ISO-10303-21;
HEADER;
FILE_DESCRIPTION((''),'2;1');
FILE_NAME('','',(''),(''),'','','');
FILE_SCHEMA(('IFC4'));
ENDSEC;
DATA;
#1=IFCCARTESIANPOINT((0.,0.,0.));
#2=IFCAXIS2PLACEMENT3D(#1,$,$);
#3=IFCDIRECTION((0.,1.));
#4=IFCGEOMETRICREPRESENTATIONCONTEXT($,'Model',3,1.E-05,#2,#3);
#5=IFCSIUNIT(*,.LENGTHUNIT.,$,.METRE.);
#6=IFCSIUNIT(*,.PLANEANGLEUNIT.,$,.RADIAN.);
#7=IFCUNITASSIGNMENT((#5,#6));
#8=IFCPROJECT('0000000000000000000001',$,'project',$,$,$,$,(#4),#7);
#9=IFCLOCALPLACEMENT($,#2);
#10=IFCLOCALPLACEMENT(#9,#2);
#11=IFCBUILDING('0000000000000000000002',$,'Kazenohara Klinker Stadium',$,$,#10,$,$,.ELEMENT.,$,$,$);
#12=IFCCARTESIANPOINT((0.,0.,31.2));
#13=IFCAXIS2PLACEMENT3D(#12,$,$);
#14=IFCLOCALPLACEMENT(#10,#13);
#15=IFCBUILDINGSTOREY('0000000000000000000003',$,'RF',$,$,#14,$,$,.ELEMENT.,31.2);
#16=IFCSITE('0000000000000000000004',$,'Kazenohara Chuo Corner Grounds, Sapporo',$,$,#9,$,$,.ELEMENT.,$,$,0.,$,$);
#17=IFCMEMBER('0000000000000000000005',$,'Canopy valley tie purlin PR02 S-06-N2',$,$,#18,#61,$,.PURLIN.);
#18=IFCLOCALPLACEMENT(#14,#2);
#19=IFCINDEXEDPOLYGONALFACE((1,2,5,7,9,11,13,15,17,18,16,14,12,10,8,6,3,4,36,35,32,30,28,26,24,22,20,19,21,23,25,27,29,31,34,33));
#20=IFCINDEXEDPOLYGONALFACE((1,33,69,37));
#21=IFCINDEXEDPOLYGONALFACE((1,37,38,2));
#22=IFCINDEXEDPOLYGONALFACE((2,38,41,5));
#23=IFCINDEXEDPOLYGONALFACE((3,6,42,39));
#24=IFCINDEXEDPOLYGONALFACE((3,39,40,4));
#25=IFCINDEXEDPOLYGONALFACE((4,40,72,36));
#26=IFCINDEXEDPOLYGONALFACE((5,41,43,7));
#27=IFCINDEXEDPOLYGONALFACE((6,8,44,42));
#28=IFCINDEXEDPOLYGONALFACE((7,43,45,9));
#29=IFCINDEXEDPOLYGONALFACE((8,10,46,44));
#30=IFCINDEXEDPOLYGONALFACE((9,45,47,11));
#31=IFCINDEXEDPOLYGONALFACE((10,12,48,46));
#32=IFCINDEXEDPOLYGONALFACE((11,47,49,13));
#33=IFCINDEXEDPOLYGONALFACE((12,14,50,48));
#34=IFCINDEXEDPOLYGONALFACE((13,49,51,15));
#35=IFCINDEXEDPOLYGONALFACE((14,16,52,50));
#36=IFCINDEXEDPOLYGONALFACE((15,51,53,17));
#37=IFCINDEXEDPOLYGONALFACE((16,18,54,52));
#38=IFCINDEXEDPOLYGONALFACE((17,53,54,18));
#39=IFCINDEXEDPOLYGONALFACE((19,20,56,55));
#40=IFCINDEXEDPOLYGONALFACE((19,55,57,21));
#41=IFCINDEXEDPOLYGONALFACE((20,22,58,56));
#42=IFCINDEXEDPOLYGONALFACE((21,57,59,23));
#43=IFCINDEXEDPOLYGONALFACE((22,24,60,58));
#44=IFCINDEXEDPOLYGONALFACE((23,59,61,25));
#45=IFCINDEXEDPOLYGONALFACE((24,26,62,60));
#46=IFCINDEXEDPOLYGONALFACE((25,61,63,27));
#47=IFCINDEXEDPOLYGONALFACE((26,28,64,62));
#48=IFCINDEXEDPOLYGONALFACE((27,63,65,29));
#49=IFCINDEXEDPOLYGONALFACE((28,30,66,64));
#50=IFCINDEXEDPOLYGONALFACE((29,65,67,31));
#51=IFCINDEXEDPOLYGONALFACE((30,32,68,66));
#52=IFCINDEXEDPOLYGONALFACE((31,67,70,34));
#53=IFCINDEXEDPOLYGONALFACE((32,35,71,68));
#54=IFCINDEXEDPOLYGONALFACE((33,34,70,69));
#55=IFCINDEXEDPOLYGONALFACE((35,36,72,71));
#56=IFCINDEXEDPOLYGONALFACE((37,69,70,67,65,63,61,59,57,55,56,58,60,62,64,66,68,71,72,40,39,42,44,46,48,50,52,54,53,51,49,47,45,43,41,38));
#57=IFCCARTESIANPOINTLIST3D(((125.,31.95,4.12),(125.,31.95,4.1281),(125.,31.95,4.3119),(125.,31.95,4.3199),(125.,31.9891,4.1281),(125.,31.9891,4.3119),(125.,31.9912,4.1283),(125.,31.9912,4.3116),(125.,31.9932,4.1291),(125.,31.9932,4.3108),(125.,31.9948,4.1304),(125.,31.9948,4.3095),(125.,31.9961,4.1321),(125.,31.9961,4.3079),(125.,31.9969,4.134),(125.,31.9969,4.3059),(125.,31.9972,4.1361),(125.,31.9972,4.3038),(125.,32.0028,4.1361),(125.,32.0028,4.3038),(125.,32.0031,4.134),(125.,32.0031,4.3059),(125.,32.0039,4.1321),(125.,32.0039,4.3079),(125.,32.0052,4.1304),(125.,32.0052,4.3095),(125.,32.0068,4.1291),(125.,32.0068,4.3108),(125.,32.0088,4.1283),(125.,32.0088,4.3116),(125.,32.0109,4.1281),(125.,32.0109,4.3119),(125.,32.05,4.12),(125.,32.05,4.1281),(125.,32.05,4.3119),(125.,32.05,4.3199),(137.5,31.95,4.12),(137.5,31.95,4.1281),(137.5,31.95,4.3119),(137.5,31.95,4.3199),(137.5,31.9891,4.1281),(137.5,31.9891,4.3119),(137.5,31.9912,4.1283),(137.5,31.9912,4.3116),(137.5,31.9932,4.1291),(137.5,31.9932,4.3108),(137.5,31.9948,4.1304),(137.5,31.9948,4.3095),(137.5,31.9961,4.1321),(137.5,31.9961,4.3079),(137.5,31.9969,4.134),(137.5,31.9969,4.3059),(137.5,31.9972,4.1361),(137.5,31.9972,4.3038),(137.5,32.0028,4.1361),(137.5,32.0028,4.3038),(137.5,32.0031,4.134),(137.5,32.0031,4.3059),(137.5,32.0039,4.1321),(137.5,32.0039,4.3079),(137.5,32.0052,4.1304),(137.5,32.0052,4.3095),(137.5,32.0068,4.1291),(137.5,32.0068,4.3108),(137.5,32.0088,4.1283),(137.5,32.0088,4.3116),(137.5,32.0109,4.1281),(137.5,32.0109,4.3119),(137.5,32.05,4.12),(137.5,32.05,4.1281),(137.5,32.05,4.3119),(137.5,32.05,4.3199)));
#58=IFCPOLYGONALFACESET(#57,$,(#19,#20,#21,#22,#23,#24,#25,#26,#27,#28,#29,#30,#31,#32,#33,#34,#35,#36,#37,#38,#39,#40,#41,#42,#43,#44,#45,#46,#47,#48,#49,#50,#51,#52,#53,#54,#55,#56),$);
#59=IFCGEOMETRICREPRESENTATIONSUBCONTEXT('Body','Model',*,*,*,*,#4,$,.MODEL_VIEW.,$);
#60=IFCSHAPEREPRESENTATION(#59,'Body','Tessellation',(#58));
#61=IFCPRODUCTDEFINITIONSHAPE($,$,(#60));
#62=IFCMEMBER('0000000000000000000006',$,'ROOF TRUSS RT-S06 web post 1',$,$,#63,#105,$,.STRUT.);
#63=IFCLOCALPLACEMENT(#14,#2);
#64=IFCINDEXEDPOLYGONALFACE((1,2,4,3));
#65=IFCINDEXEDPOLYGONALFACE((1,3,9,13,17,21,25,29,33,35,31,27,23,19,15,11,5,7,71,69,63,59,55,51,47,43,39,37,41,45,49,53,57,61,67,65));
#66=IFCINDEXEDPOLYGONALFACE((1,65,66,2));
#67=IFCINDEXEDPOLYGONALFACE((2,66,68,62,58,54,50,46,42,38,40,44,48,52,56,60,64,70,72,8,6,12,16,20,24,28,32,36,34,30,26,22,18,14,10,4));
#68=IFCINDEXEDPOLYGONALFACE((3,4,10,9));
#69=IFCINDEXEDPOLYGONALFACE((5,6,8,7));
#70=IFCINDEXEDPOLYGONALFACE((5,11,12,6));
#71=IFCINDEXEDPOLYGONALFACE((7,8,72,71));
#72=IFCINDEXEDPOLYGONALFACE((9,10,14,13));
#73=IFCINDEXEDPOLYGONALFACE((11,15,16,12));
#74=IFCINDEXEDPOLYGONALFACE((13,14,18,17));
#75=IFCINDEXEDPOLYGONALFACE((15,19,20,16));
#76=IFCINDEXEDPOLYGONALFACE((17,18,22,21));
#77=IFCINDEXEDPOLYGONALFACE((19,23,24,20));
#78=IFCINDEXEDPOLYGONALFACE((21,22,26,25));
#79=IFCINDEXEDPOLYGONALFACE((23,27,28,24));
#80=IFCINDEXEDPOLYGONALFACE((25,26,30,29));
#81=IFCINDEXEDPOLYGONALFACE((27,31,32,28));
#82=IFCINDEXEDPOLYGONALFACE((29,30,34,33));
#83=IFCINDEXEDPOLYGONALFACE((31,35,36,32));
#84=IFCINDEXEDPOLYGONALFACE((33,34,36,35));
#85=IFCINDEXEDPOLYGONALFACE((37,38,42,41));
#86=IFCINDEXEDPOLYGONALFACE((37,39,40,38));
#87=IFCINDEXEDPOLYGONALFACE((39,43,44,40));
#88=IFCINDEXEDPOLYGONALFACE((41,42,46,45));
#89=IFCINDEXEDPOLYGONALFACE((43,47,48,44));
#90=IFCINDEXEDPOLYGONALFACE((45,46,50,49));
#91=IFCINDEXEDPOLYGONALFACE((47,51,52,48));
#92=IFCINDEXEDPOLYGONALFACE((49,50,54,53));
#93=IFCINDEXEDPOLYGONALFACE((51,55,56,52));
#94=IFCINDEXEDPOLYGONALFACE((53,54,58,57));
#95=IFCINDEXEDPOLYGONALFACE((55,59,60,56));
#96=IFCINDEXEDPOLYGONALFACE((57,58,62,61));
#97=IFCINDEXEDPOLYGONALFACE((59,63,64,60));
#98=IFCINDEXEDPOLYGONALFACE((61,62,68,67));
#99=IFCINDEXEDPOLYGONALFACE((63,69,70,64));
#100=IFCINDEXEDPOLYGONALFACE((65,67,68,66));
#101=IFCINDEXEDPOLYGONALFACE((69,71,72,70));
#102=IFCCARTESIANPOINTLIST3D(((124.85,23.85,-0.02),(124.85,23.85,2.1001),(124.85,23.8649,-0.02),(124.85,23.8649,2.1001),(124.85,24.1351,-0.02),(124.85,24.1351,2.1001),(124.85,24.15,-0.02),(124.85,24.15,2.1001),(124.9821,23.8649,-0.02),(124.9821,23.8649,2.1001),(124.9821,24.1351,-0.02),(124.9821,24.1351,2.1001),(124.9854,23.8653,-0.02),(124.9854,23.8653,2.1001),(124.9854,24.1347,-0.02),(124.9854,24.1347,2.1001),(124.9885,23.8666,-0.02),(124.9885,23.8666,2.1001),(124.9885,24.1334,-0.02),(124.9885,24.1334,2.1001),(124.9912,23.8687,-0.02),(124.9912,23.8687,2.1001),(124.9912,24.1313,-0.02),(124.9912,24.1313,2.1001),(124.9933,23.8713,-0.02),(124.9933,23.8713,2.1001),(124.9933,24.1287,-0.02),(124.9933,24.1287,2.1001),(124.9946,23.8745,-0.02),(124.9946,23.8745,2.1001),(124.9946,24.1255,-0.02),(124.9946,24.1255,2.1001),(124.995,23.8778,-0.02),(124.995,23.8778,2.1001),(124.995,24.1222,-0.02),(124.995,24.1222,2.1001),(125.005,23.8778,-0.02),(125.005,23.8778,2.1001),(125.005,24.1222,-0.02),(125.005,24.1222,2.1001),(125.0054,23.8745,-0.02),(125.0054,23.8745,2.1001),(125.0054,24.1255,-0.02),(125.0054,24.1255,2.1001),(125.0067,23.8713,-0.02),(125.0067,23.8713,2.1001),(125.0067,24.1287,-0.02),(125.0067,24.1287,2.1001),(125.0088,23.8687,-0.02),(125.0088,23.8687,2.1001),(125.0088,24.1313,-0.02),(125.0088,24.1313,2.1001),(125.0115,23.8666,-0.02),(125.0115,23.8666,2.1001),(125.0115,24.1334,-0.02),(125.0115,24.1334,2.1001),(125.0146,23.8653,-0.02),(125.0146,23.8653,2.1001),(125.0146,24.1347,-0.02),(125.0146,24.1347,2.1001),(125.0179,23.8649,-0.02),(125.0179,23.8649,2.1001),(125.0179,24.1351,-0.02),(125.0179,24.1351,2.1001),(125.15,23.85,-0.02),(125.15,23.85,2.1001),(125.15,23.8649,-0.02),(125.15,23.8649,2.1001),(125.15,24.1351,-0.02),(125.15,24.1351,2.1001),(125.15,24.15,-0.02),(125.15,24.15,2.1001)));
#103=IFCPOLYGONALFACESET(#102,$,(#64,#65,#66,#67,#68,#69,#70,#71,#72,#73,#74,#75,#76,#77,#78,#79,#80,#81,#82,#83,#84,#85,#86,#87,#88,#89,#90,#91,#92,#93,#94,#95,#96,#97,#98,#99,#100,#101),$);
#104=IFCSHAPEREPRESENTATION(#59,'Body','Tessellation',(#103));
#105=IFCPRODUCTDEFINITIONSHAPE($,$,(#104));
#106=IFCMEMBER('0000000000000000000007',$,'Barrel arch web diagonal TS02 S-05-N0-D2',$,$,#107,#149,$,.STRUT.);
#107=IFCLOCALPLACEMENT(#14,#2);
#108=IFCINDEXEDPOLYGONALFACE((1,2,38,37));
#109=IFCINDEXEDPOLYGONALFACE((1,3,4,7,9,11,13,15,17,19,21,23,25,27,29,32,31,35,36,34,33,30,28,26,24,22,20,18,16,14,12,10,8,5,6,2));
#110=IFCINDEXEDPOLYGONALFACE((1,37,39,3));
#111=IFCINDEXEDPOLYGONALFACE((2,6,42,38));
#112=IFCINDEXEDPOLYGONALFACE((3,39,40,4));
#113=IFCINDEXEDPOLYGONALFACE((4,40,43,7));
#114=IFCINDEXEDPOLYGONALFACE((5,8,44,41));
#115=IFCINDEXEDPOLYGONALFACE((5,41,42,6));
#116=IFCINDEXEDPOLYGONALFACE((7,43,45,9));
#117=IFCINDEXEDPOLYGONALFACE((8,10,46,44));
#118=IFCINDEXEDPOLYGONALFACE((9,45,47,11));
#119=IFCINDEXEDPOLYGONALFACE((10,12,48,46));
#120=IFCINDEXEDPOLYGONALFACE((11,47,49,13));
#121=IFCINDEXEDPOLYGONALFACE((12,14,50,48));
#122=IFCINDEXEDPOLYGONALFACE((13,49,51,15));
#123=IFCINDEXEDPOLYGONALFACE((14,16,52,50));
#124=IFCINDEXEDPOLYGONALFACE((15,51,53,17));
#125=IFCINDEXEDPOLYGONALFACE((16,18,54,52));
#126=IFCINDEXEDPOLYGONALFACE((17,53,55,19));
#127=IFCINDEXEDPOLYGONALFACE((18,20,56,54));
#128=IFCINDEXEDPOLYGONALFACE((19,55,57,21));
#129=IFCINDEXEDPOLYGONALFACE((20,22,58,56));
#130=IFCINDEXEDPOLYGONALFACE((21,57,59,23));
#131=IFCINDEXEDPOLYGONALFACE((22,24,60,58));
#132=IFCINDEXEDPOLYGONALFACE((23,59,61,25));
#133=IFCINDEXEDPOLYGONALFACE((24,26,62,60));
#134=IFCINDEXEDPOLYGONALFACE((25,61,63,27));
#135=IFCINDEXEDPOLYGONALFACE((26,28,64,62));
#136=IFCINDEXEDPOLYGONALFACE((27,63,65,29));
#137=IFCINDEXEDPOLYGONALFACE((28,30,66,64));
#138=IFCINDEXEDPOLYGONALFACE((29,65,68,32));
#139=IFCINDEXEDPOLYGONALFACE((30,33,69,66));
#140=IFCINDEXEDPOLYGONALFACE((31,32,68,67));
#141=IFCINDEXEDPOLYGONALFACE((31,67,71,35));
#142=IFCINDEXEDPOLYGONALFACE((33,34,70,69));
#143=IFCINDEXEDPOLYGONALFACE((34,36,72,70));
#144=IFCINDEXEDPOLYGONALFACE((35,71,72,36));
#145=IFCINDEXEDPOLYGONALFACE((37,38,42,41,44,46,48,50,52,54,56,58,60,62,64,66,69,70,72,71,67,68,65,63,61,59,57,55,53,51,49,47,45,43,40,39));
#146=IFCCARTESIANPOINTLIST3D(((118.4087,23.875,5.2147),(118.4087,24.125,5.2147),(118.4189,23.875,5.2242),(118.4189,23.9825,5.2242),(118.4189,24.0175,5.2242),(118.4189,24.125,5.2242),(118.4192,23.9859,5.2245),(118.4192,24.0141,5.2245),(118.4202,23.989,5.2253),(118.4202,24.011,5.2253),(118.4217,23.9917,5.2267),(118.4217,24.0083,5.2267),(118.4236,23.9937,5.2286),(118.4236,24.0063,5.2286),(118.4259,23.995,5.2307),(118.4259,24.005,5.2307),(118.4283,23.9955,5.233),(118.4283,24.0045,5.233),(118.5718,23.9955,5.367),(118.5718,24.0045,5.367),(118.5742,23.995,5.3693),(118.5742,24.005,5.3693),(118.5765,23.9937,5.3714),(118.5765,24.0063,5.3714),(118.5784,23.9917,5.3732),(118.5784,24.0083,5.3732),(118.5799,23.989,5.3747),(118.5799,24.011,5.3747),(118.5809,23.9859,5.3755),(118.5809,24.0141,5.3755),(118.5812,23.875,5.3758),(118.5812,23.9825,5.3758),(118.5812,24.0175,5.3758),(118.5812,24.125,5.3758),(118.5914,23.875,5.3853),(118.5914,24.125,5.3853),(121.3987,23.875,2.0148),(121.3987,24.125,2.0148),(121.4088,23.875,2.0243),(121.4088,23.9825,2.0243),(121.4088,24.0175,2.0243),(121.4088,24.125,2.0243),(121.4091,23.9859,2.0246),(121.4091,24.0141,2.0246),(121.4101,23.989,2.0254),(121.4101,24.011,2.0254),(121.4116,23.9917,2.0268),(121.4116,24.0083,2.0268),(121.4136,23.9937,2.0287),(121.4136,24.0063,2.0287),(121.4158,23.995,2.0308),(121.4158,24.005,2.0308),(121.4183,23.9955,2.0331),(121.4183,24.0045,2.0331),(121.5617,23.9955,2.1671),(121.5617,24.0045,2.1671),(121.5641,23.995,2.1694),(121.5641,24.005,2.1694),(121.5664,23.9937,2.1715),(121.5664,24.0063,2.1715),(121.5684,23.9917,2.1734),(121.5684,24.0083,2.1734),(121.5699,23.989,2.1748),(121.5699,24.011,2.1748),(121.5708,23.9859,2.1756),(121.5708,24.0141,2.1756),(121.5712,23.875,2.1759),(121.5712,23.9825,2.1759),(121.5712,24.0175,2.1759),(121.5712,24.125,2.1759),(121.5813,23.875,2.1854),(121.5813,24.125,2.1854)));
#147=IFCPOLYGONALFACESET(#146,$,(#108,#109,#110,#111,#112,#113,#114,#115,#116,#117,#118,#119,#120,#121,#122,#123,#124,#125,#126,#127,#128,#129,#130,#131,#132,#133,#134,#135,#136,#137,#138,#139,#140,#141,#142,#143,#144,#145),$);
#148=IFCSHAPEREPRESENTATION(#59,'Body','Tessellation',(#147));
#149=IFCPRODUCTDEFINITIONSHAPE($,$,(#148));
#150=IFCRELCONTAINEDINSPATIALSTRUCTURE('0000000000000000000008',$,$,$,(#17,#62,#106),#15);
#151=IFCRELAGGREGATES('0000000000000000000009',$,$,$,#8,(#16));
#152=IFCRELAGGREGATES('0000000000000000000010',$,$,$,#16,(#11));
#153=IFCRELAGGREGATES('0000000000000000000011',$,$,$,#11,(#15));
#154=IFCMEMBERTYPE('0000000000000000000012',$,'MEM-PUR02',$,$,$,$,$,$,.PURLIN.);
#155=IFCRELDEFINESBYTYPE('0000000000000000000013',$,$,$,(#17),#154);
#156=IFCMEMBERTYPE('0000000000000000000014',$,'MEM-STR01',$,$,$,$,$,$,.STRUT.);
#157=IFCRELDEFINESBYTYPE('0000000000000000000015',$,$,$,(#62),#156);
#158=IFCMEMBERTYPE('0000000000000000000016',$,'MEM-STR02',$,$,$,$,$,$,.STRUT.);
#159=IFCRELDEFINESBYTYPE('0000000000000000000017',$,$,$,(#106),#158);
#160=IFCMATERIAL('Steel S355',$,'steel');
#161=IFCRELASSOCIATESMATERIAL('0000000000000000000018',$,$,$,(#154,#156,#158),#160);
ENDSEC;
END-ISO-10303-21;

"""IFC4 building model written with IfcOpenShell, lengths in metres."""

from ifc_helpers import new_model, si_unit, direction, frame, origin, origin_2d, place, context, subcontext, project, spatial, i_section, extrude, material, material_profile, profile_set, type_object, element, save


model = new_model("IFC4")

# Units and contexts
model_context = context("Model", 3, precision=1e-05, world=origin(), true_north=direction((0.0, 1.0)))
body_context = subcontext(model_context, "Body", "Model", "MODEL_VIEW")
ifc_project = project(units=[si_unit("LENGTHUNIT", "METRE"), si_unit("PLANEANGLEUNIT", "RADIAN")], contexts=[model_context])

# Site, building, storey
site_placement = place(None, origin())
site = spatial("IfcSite", under=ifc_project, at=site_placement, Name="Kazenohara Chuo Corner Grounds, Sapporo", CompositionType="ELEMENT", RefElevation=0.0)
building_placement = place(site_placement, origin())
building = spatial("IfcBuilding", under=site, at=building_placement, Name="Kazenohara Klinker Stadium", CompositionType="ELEMENT")
storey_placement = place(building_placement, frame((0.0, 0.0, 31.2)))
storey = spatial("IfcBuildingStorey", under=building, at=storey_placement, Name="RF", CompositionType="ELEMENT", Elevation=31.2)

# Members
ifc_material_1 = material(Name="Steel S355", Category="steel")
ifc_material_profile_1 = material_profile(ifc_material_1, i_section(OverallWidth=0.1001, OverallDepth=0.2, WebThickness=0.0056, FlangeThickness=0.0081, FilletRadius=0.0081, at=origin_2d()), Name="H-200x100x5.5x8")
ifc_profile_set_1 = profile_set([ifc_material_profile_1], Name="Steel S355")
member_type_1 = type_object("IfcMemberType", Name="MEM-PUR02", PredefinedType="PURLIN", material=ifc_profile_set_1)
member_1_placement = place(storey_placement, frame((125.0, 32.0, 4.22), z_axis=(1.0, 0.0, 0.0), x_axis=(0.0, 1.0, 0.0)))
element("IfcMember", 1, at=member_1_placement, inside=storey, type_object=member_type_1, Name="Canopy valley tie purlin PR02 S-06-N2", PredefinedType="PURLIN", context=body_context, shape_type="SweptSolid", body=[
    extrude(i_section(OverallWidth=0.1001, OverallDepth=0.2, WebThickness=0.0056, FlangeThickness=0.0081, FilletRadius=0.0081, at=origin_2d()), origin(), (0.0, 0.0, 1.0), 12.5),
])
ifc_material_profile_2 = material_profile(ifc_material_1, i_section(OverallWidth=0.3, OverallDepth=0.3, WebThickness=0.01, FlangeThickness=0.0149, FilletRadius=0.0129, at=origin_2d()), Name="H-300x300x10x15")
ifc_profile_set_2 = profile_set([ifc_material_profile_2], Name="Steel S355")
member_type_2 = type_object("IfcMemberType", Name="MEM-STR01", PredefinedType="STRUT", material=ifc_profile_set_2)
member_2_placement = place(storey_placement, frame((125.0, 24.0, -0.02), z_axis=(0.0, 0.0, 1.0), x_axis=(1.0, 0.0, 0.0)))
element("IfcMember", 2, at=member_2_placement, inside=storey, type_object=member_type_2, Name="ROOF TRUSS RT-S06 web post 1", PredefinedType="STRUT", context=body_context, shape_type="SweptSolid", body=[
    extrude(i_section(OverallWidth=0.3, OverallDepth=0.3, WebThickness=0.01, FlangeThickness=0.0149, FilletRadius=0.0129, at=origin_2d()), origin(), (0.0, 0.0, 1.0), 2.1201),
])
ifc_material_profile_3 = material_profile(ifc_material_1, i_section(OverallWidth=0.25, OverallDepth=0.25, WebThickness=0.009, FlangeThickness=0.0139, FilletRadius=0.0129, at=origin_2d()), Name="H-250x250x9x14")
ifc_profile_set_3 = profile_set([ifc_material_profile_3], Name="Steel S355")
member_type_3 = type_object("IfcMemberType", Name="MEM-STR02", PredefinedType="STRUT", material=ifc_profile_set_3)
member_3_placement = place(storey_placement, frame((121.49, 24.0, 2.1001), z_axis=(-0.682729, 0.0, 0.730671), x_axis=(0.0, -1.0, 0.0)))
element("IfcMember", 3, at=member_3_placement, inside=storey, type_object=member_type_3, Name="Barrel arch web diagonal TS02 S-05-N0-D2", PredefinedType="STRUT", context=body_context, shape_type="SweptSolid", body=[
    extrude(i_section(OverallWidth=0.25, OverallDepth=0.25, WebThickness=0.009, FlangeThickness=0.0139, FilletRadius=0.0129, at=origin_2d()), origin(), (0.0, 0.0, 1.0), 4.3794),
])

save(model, "model.ifc")
